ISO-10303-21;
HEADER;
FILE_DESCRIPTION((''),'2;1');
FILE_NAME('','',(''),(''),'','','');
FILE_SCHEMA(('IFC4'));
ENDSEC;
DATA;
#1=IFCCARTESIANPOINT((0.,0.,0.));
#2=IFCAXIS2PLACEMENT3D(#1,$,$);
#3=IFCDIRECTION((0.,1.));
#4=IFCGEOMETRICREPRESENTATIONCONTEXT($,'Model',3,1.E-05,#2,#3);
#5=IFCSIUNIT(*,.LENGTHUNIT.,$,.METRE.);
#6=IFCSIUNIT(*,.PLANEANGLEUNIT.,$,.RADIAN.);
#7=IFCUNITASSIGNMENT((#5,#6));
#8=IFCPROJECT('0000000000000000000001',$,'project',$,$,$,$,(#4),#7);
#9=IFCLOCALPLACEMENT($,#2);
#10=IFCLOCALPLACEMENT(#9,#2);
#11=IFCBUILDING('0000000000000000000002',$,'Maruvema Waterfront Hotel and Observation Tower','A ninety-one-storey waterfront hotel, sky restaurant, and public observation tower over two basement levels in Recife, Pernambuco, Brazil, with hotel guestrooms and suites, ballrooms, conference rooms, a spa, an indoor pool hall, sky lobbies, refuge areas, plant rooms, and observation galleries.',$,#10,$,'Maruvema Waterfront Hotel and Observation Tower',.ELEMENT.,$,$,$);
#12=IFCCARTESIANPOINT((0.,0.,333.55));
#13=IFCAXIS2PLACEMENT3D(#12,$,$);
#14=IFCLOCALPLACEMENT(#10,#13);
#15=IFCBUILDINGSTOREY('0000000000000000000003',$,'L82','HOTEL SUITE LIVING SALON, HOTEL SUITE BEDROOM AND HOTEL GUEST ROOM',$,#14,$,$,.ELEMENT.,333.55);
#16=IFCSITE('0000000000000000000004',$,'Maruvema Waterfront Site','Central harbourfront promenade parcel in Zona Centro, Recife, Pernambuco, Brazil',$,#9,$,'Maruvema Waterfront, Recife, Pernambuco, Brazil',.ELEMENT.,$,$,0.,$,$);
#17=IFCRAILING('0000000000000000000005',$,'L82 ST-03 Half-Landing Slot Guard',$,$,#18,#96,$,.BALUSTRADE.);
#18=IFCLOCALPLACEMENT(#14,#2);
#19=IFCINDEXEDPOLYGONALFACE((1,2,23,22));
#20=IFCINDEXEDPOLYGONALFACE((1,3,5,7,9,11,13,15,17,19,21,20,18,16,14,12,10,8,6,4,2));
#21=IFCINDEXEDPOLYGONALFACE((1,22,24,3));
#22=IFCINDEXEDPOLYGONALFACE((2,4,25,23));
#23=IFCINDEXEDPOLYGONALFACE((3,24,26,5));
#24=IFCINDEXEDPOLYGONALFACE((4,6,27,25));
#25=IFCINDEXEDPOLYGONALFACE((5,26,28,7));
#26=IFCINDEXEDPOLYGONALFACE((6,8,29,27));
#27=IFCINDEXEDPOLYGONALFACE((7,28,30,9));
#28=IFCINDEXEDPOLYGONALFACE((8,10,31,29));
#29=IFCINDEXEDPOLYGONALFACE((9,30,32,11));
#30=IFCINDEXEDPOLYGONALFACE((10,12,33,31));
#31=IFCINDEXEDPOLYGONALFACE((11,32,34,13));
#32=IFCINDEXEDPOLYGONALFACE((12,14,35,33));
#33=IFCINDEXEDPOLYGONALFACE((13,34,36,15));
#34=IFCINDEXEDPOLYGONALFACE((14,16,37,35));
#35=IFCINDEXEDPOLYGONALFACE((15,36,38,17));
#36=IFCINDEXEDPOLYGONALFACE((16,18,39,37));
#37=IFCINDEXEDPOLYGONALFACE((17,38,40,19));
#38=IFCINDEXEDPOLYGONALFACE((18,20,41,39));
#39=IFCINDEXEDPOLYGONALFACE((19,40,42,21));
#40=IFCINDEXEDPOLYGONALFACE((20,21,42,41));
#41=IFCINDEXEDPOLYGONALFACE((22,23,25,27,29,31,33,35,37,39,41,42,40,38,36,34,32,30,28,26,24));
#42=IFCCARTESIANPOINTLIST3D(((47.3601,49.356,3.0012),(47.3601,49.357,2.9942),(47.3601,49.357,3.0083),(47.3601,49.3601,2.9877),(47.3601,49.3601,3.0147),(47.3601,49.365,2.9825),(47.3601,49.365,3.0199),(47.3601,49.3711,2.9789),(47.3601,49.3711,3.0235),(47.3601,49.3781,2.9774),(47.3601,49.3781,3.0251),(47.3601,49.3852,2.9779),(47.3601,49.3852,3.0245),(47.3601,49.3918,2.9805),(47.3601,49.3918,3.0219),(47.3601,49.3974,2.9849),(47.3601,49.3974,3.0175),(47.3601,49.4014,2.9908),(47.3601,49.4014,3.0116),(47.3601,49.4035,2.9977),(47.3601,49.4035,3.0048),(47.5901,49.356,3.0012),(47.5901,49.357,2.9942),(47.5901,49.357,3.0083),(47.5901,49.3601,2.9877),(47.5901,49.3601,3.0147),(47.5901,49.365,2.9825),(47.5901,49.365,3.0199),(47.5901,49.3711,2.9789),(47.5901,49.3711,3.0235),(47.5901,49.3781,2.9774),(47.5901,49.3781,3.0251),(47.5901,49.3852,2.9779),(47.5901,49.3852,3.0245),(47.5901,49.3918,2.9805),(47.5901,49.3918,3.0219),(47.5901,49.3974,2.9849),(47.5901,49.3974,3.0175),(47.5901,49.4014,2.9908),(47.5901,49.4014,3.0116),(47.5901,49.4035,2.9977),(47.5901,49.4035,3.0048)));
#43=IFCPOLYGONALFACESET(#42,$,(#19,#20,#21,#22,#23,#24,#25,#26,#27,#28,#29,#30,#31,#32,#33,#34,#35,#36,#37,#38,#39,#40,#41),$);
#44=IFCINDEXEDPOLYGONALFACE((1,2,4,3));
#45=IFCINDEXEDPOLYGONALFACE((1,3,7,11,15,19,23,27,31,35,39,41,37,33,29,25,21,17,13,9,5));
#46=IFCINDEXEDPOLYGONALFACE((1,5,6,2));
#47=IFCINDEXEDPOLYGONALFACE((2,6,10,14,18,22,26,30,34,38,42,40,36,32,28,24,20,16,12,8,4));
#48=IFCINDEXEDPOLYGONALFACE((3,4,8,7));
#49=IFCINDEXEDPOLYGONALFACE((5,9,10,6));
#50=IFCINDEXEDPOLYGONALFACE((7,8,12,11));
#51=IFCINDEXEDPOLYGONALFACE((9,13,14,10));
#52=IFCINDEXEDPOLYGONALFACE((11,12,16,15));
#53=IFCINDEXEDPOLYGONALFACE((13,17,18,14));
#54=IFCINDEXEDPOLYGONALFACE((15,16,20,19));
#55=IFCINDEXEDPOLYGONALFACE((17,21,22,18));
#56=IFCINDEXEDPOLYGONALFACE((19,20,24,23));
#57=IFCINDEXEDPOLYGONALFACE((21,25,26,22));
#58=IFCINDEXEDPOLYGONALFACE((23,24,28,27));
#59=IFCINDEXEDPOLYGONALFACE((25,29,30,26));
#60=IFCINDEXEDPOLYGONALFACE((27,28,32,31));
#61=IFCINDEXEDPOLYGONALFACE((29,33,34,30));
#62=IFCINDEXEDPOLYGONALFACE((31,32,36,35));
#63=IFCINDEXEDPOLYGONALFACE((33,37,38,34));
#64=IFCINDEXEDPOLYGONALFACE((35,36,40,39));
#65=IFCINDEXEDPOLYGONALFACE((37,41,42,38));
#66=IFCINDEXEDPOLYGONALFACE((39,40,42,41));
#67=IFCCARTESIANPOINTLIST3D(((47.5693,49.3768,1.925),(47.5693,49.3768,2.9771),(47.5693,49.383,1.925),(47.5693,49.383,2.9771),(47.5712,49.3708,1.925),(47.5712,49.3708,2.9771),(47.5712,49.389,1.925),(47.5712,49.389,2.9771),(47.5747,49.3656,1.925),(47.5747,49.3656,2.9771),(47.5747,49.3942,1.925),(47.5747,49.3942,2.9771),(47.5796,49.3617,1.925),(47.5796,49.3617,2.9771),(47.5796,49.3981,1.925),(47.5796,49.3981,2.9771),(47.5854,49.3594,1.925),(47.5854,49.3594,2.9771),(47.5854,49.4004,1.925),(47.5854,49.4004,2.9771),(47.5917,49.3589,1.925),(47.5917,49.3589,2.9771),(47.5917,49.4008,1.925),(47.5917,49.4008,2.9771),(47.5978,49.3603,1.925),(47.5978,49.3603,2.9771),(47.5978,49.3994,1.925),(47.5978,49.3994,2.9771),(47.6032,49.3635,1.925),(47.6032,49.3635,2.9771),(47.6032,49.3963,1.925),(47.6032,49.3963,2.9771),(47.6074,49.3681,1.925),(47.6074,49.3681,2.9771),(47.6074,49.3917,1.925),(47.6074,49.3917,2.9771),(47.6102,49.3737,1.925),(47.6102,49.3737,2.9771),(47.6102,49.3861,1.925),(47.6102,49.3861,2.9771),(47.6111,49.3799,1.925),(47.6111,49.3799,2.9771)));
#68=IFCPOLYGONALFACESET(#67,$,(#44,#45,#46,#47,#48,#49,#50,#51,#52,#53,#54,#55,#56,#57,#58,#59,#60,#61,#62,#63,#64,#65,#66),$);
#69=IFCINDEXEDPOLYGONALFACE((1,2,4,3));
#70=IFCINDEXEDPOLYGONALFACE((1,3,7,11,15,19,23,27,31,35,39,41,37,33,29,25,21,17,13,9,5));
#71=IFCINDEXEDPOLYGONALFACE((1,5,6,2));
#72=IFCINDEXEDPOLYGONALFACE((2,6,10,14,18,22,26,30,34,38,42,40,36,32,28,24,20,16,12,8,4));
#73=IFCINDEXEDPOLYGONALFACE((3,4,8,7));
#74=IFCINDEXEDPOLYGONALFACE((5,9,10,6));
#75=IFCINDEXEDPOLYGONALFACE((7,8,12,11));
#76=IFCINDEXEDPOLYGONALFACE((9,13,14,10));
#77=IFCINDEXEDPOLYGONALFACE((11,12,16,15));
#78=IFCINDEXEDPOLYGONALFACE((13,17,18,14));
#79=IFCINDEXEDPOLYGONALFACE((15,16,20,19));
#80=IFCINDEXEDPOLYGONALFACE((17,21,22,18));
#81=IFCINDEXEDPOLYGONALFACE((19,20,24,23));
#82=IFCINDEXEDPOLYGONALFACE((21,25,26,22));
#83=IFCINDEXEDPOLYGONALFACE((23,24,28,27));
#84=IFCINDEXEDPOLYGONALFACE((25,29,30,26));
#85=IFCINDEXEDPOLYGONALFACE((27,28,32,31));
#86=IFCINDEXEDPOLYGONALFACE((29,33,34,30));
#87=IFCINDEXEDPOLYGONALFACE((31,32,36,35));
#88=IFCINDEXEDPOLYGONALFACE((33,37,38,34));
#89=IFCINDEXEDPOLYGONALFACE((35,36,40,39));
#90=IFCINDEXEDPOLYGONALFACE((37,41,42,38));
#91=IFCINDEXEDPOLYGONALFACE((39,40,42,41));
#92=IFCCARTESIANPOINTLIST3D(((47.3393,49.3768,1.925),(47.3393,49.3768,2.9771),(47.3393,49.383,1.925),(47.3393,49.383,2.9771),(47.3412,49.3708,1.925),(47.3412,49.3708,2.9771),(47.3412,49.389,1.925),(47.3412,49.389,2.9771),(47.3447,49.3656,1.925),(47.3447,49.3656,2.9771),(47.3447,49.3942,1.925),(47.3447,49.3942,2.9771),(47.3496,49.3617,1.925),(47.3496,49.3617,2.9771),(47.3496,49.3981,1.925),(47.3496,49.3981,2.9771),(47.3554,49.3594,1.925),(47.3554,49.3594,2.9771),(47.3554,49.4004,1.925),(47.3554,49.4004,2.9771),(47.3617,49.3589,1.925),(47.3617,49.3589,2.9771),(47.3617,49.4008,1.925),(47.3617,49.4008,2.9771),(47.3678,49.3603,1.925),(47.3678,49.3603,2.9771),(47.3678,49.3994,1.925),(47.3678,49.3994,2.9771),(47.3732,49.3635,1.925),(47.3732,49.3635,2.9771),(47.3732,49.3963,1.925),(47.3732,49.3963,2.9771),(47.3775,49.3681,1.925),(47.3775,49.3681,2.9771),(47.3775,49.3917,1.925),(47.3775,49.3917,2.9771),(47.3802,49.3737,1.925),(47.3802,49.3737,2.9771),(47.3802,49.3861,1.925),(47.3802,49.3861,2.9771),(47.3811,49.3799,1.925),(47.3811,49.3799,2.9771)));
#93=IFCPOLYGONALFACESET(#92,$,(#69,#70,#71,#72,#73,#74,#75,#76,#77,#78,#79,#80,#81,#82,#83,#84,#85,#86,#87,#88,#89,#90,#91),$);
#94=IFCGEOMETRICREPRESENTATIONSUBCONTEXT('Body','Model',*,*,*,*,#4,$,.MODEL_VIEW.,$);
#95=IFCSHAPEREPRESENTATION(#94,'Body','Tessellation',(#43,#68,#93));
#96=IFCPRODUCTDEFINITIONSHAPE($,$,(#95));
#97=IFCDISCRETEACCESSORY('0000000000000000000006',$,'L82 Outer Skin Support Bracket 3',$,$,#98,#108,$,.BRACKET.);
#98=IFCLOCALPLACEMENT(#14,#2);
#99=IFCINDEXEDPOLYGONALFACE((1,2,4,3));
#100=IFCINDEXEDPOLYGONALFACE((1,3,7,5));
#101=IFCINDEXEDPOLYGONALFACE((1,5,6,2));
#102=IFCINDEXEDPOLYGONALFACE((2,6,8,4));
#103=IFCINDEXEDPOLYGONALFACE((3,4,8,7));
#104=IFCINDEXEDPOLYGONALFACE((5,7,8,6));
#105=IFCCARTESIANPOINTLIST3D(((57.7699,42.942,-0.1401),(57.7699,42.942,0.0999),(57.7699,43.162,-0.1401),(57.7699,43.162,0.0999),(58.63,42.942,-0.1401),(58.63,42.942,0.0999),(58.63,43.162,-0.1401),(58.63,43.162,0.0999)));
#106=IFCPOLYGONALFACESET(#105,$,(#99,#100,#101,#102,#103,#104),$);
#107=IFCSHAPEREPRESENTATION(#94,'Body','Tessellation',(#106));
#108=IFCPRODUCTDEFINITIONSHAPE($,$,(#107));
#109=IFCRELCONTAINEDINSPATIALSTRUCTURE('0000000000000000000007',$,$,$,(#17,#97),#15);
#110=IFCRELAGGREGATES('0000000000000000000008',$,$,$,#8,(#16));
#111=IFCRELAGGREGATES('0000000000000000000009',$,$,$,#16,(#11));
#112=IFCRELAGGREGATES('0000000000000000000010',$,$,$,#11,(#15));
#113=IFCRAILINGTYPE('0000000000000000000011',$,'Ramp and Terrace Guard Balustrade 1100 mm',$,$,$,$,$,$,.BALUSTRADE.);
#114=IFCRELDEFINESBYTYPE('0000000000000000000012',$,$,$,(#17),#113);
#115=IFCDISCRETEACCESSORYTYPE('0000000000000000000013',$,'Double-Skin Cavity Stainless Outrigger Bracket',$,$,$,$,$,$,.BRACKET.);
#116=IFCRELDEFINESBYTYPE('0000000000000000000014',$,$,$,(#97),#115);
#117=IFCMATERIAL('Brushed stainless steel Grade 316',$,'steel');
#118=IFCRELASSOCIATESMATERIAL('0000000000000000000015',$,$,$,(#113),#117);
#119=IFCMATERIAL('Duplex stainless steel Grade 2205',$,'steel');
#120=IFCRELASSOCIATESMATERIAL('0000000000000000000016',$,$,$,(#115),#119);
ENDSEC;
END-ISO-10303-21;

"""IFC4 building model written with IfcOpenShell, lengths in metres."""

from ifc_helpers import new_model, si_unit, direction, frame, origin, origin_2d, place, context, subcontext, project, spatial, rectangle, circle, extrude, material, type_object, element, save


model = new_model("IFC4")

# Units and contexts
model_context = context("Model", 3, precision=1e-05, world=origin(), true_north=direction((0.0, 1.0)))
body_context = subcontext(model_context, "Body", "Model", "MODEL_VIEW")
ifc_project = project(units=[si_unit("LENGTHUNIT", "METRE"), si_unit("PLANEANGLEUNIT", "RADIAN")], contexts=[model_context])

# Site, building, storey
site_placement = place(None, origin())
site = spatial("IfcSite", under=ifc_project, at=site_placement, Name="Maruvema Waterfront Site", Description="Central harbourfront promenade parcel in Zona Centro, Recife, Pernambuco, Brazil", LongName="Maruvema Waterfront, Recife, Pernambuco, Brazil", CompositionType="ELEMENT", RefElevation=0.0)
building_placement = place(site_placement, origin())
building = spatial("IfcBuilding", under=site, at=building_placement, Name="Maruvema Waterfront Hotel and Observation Tower", Description="A ninety-one-storey waterfront hotel, sky restaurant, and public observation tower over two basement levels in Recife, Pernambuco, Brazil, with hotel guestrooms and suites, ballrooms, conference rooms, a spa, an indoor pool hall, sky lobbies, refuge areas, plant rooms, and observation galleries.", LongName="Maruvema Waterfront Hotel and Observation Tower", CompositionType="ELEMENT")
storey_placement = place(building_placement, frame((0.0, 0.0, 333.55)))
storey = spatial("IfcBuildingStorey", under=building, at=storey_placement, Name="L82", Description="HOTEL SUITE LIVING SALON, HOTEL SUITE BEDROOM AND HOTEL GUEST ROOM", CompositionType="ELEMENT", Elevation=333.55)

# Railing
ifc_material_1 = material(Name="Brushed stainless steel Grade 316", Category="steel")
railing_type_1 = type_object("IfcRailingType", Name="Ramp and Terrace Guard Balustrade 1100 mm", PredefinedType="BALUSTRADE", material=ifc_material_1)
railing_1_placement = place(storey_placement, frame((47.5901, 49.3799, 1.925)))
element("IfcRailing", 1, at=railing_1_placement, inside=storey, type_object=railing_type_1, Name="L82 ST-03 Half-Landing Slot Guard", PredefinedType="BALUSTRADE", context=body_context, shape_type="SweptSolid", body=[
    extrude(circle(Radius=0.0239, at=origin_2d()), frame((0.0, 0.0, 1.0762), z_axis=(-1.0, 0.0, 0.0), x_axis=(0.0, -1.0, 0.0)), (0.0, 0.0, 1.0), 0.23),
    extrude(circle(Radius=0.021, at=origin_2d()), origin(), (0.0, 0.0, 1.0), 1.052),
    extrude(circle(Radius=0.021, at=origin_2d()), frame((-0.23, 0.0, 0.0)), (0.0, 0.0, 1.0), 1.052),
])

# Discrete accessory
ifc_material_2 = material(Name="Duplex stainless steel Grade 2205", Category="steel")
discrete_accessory_type = type_object("IfcDiscreteAccessoryType", Name="Double-Skin Cavity Stainless Outrigger Bracket", PredefinedType="BRACKET", material=ifc_material_2)
discrete_accessory_placement = place(storey_placement, frame((58.2, 43.052, -0.1401), z_axis=(0.0, 0.0, 1.0), x_axis=(0.0, 1.0, 0.0)))
element("IfcDiscreteAccessory", 2, at=discrete_accessory_placement, inside=storey, type_object=discrete_accessory_type, Name="L82 Outer Skin Support Bracket 3", PredefinedType="BRACKET", context=body_context, shape_type="SweptSolid", body=[
    extrude(rectangle(XDim=0.22, YDim=0.8601, at=origin_2d()), origin(), (0.0, 0.0, 1.0), 0.24),
])

save(model, "model.ifc")
